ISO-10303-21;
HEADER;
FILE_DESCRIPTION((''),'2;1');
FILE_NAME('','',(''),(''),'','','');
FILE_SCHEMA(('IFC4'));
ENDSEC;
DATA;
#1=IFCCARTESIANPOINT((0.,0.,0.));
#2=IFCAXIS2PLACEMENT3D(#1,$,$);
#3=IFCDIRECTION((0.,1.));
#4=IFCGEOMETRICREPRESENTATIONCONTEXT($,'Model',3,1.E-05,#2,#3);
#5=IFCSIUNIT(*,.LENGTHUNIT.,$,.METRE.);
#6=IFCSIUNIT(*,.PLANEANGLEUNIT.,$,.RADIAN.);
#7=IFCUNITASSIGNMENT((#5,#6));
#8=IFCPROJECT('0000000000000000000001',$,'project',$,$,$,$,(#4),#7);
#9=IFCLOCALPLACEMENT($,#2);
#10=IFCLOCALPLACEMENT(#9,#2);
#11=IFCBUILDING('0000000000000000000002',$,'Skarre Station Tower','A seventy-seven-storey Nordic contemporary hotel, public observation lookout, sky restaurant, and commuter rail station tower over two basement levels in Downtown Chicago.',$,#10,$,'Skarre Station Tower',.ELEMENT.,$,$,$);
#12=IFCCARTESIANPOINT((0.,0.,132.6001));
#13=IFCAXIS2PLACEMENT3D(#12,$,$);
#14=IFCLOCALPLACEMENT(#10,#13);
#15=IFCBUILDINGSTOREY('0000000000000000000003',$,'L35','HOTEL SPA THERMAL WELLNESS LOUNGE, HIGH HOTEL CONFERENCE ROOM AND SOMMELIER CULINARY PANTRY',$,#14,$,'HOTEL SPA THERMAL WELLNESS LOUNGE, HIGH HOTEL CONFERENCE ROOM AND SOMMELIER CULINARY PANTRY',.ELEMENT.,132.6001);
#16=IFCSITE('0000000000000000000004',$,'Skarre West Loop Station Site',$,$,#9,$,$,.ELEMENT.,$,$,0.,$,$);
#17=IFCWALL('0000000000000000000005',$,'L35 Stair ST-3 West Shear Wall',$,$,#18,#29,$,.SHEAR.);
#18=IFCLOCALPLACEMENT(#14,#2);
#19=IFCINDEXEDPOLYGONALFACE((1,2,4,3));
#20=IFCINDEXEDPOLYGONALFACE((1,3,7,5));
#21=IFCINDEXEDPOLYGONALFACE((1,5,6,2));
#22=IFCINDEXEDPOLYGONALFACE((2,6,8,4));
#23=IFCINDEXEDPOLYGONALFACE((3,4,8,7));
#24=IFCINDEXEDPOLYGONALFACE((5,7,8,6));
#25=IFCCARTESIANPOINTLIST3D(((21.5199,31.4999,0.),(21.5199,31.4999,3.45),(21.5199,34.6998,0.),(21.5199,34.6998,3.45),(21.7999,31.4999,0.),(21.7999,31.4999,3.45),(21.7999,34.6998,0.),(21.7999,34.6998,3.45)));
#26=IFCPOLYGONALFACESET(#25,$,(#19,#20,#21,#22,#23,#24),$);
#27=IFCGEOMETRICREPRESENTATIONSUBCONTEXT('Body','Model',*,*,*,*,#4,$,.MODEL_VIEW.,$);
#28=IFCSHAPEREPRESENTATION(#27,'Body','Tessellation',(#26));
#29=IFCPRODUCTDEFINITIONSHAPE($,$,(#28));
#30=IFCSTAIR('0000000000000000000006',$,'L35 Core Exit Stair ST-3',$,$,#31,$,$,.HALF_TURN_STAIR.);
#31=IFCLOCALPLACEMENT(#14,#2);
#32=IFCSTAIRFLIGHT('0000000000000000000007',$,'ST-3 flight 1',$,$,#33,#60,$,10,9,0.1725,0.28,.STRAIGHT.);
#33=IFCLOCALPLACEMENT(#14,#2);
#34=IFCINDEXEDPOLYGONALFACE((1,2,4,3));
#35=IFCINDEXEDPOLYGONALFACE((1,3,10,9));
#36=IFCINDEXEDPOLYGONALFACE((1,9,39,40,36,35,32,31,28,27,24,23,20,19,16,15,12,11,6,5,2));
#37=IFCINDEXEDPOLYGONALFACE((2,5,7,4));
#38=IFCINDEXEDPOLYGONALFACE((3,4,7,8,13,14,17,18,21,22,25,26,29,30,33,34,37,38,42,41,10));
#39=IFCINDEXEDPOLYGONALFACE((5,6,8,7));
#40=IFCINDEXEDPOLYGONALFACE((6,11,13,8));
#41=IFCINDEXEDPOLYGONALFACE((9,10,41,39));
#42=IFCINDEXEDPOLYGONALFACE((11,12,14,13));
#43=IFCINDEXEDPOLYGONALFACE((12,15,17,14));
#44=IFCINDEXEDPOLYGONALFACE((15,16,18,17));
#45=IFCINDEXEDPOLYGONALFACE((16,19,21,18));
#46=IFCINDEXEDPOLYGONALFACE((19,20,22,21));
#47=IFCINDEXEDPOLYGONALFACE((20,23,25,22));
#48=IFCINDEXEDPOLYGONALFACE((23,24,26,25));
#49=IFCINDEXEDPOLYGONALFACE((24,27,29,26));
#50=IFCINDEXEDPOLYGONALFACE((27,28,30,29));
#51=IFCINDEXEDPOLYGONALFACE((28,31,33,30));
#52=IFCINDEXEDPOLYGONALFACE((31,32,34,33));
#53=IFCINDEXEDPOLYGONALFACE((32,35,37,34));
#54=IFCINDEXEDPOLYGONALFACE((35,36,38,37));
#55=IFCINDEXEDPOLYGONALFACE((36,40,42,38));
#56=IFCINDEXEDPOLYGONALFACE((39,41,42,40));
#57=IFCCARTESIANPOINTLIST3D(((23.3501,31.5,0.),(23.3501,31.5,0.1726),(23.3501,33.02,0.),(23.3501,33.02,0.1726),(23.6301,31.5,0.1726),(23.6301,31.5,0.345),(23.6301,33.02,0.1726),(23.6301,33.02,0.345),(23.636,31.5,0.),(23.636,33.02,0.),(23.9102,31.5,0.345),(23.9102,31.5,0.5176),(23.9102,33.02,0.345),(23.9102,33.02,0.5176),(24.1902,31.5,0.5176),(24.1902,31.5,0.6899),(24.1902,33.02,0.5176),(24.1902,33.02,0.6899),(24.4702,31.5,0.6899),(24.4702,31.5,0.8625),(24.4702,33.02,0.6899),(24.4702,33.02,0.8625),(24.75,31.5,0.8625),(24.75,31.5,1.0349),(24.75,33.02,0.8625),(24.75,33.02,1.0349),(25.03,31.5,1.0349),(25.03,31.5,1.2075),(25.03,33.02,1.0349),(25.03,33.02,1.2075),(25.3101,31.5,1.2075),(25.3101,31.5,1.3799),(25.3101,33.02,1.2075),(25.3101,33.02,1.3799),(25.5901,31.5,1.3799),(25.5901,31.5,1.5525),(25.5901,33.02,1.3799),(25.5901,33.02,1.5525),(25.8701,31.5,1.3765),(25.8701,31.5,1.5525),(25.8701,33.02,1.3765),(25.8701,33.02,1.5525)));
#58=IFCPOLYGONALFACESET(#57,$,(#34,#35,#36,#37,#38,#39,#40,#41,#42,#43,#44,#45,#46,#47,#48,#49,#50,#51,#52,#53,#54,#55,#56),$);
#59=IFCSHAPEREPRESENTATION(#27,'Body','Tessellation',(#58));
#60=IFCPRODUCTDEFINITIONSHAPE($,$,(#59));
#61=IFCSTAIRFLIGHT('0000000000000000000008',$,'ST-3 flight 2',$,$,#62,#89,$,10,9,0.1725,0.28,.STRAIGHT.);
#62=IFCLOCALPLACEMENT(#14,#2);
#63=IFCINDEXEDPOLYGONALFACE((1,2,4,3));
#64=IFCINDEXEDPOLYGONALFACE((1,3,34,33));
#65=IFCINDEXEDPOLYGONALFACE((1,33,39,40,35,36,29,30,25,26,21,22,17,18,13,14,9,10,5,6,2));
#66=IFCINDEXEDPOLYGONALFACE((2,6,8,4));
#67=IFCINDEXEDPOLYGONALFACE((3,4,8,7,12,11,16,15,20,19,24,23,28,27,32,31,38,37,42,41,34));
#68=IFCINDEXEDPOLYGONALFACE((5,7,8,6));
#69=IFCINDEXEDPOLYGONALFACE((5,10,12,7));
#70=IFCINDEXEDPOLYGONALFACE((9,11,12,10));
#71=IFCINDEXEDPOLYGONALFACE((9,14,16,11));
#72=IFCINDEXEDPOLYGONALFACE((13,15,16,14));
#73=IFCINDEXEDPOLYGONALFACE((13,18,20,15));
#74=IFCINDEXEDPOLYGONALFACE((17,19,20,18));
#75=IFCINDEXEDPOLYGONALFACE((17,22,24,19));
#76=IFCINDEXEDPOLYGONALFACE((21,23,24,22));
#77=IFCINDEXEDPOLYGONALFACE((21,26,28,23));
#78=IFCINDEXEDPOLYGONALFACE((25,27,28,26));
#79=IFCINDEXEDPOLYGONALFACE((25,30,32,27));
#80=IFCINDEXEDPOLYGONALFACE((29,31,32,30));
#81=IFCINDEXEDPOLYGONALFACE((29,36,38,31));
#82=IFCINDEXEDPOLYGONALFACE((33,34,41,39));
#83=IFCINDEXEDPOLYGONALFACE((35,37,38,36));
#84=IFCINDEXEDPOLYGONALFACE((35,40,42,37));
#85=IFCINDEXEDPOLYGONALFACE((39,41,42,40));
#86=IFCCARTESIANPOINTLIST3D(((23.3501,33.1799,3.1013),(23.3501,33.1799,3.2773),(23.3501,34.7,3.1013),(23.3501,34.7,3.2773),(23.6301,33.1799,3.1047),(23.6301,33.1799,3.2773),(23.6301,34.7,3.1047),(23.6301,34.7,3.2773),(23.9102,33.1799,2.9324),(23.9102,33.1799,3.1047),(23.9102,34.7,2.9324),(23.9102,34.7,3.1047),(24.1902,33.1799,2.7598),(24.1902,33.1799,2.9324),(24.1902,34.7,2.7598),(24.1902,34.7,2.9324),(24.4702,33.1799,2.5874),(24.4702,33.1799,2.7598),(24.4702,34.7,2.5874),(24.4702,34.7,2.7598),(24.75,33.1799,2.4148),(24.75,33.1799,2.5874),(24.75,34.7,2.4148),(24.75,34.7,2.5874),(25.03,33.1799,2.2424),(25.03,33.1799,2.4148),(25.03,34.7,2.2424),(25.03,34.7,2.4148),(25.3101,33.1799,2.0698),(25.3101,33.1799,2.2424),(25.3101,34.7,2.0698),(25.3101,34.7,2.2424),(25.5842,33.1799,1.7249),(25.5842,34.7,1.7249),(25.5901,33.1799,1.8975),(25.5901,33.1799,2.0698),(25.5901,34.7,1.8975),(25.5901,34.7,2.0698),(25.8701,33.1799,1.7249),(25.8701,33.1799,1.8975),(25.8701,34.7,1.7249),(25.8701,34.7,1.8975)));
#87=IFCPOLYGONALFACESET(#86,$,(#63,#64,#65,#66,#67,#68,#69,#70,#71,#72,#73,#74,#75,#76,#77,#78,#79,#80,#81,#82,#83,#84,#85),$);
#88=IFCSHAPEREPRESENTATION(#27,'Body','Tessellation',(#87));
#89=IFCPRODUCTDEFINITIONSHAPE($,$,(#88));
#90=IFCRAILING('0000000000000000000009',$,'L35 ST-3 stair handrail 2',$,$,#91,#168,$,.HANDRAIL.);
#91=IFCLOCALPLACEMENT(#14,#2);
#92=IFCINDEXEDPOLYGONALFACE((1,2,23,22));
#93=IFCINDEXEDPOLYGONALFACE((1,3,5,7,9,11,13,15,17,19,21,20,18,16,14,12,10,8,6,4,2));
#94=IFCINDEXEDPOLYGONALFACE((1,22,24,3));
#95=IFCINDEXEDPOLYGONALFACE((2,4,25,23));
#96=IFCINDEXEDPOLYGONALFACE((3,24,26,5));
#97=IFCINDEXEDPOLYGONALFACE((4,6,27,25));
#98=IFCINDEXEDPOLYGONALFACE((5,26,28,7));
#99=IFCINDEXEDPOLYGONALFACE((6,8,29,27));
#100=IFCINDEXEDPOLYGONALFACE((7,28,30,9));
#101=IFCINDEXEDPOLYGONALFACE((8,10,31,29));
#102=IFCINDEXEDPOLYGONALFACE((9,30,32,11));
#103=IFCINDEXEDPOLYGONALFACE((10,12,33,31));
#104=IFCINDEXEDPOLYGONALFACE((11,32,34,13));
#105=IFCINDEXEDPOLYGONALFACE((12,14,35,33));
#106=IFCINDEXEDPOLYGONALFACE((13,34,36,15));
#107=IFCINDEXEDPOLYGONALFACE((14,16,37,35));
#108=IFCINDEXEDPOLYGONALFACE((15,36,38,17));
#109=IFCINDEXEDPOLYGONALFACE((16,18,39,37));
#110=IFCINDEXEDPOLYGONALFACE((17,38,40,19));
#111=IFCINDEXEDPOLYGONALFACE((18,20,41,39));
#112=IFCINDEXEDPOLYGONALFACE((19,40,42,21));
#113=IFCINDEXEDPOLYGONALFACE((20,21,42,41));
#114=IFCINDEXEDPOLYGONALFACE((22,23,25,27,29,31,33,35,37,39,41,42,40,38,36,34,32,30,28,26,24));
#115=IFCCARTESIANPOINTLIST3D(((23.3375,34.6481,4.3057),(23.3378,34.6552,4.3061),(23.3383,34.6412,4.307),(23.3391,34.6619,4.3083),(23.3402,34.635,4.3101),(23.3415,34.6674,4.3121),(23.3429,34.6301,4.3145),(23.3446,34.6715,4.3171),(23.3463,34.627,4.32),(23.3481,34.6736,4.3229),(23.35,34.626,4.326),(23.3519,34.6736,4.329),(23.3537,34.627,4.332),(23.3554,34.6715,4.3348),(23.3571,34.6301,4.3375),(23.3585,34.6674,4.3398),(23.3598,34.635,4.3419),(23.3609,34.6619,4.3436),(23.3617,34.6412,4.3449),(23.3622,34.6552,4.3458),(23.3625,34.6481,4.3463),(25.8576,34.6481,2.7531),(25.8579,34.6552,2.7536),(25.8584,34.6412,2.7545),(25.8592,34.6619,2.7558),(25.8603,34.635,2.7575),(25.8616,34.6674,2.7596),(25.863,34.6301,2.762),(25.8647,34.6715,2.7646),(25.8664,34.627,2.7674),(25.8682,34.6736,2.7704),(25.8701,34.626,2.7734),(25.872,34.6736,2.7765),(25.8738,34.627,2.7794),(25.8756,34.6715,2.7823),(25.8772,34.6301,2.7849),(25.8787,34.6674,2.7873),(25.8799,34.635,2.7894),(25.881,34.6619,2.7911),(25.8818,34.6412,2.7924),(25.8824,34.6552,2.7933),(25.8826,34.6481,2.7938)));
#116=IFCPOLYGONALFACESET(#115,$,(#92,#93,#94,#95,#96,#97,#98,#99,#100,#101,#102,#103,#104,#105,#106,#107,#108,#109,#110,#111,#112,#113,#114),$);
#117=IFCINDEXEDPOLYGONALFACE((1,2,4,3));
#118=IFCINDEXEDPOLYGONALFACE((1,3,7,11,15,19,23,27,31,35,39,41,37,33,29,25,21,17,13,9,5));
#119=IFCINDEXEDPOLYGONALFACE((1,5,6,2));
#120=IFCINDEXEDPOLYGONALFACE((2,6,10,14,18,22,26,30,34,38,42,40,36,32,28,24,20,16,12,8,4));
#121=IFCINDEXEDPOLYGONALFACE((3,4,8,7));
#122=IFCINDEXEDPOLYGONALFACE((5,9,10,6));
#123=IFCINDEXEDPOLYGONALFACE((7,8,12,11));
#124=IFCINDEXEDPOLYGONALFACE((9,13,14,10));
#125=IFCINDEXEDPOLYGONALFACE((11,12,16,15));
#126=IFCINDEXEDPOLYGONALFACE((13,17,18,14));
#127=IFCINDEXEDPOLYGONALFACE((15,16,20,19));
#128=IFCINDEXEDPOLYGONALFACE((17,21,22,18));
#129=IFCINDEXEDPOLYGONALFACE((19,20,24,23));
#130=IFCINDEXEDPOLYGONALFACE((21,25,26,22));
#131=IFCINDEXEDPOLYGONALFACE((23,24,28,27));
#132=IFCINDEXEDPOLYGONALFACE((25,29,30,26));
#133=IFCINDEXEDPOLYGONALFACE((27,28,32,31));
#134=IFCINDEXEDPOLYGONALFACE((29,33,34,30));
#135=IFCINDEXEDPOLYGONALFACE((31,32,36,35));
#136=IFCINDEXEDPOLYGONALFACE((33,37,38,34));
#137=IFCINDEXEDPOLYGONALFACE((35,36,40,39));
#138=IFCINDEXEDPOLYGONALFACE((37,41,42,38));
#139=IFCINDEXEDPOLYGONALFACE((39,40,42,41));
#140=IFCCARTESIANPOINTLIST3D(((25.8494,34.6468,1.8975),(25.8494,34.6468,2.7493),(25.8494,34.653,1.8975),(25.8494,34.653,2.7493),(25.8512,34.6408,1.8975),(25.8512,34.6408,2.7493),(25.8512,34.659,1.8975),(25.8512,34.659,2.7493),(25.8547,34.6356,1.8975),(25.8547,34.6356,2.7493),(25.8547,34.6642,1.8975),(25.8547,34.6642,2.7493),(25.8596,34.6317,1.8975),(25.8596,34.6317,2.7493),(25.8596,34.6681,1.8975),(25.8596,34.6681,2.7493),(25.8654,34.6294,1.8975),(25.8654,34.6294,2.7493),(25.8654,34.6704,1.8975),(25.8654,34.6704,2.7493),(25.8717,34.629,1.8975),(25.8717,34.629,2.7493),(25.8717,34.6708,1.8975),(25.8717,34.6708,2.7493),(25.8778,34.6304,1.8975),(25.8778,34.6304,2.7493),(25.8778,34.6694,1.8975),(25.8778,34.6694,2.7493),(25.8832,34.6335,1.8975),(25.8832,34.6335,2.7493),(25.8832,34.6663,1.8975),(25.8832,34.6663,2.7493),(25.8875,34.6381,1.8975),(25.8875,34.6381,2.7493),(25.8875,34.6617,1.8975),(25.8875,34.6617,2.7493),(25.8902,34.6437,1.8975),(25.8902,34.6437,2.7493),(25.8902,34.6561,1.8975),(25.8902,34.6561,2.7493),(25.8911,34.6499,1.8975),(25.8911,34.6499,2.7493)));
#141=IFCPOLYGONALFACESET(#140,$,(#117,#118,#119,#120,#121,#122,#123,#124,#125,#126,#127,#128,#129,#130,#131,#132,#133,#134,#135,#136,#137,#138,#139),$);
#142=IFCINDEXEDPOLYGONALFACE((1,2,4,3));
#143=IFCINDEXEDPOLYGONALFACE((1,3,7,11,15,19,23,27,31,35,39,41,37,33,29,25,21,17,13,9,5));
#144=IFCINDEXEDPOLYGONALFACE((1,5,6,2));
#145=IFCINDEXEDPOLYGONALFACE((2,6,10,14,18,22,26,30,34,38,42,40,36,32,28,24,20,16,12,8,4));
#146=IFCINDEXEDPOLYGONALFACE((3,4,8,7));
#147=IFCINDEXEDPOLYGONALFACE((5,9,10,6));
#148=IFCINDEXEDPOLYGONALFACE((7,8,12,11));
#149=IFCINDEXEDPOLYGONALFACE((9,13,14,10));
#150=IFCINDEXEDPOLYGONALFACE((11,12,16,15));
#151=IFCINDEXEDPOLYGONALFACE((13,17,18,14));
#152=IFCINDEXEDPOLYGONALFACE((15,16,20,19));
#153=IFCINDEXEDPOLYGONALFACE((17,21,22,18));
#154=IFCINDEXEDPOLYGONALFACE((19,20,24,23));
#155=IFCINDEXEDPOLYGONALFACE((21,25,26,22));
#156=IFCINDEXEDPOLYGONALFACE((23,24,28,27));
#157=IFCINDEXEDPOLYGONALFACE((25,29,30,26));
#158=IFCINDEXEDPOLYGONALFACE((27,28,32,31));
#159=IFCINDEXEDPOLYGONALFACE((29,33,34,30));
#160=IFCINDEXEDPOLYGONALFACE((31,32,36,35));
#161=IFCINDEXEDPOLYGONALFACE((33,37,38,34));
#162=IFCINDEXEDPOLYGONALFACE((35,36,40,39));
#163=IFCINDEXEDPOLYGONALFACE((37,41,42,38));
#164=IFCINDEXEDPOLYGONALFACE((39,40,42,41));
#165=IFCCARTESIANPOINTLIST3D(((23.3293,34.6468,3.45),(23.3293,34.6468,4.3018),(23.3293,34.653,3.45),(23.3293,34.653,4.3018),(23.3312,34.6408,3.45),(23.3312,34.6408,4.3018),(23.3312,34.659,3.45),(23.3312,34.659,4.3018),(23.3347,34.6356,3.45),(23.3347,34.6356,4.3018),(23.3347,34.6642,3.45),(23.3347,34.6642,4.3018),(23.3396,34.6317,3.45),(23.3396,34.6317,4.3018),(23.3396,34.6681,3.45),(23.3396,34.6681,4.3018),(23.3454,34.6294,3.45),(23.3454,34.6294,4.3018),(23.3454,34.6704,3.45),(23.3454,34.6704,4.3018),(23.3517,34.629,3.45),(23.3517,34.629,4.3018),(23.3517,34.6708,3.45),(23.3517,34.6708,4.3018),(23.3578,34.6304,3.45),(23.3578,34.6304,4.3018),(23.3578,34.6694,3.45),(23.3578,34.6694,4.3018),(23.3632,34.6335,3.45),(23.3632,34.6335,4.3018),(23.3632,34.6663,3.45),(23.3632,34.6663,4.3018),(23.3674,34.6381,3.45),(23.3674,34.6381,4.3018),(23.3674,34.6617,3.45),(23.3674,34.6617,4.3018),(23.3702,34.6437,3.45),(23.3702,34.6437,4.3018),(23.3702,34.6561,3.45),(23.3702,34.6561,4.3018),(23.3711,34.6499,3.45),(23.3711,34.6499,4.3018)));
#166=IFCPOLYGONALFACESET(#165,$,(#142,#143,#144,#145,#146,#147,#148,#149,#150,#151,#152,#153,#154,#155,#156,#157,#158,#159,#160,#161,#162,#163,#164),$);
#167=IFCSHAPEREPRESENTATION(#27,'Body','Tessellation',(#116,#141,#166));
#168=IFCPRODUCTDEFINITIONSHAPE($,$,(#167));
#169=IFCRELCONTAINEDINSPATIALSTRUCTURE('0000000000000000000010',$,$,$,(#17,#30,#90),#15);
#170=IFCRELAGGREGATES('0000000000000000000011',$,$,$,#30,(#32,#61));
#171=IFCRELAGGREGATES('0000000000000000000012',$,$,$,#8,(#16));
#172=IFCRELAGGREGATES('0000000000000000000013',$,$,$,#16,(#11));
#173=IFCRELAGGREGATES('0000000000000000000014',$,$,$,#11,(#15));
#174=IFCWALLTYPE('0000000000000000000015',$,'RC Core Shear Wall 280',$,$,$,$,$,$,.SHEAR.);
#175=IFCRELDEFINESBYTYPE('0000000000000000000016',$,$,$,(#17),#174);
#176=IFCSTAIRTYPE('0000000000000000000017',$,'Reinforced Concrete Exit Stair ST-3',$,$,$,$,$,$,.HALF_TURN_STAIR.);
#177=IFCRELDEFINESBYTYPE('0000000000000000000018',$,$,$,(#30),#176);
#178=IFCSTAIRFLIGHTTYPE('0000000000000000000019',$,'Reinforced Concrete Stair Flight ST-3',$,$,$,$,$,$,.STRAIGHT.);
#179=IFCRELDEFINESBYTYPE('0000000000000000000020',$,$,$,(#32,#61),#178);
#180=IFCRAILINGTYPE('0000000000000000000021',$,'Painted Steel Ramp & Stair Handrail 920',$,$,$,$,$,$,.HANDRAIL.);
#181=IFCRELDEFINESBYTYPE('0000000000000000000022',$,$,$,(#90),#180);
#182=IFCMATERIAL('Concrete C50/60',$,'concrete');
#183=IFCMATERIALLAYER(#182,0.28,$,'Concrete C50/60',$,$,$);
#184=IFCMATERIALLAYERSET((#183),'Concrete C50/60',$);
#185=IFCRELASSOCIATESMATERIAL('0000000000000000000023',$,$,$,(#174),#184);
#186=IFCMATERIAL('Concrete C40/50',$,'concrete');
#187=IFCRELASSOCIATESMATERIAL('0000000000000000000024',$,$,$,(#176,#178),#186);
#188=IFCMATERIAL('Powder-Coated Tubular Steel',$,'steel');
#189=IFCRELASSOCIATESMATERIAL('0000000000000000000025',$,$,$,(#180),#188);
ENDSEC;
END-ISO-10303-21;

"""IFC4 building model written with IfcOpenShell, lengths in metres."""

from ifc_helpers import new_model, si_unit, direction, frame, frame_2d, origin, origin_2d, place, context, subcontext, project, spatial, polyline, rectangle, circle, outline, extrude, material, layer, layer_set, type_object, element, aggregate, save


model = new_model("IFC4")

# Units and contexts
model_context = context("Model", 3, precision=1e-05, world=origin(), true_north=direction((0.0, 1.0)))
body_context = subcontext(model_context, "Body", "Model", "MODEL_VIEW")
ifc_project = project(units=[si_unit("LENGTHUNIT", "METRE"), si_unit("PLANEANGLEUNIT", "RADIAN")], contexts=[model_context])

# Site, building, storey
site_placement = place(None, origin())
site = spatial("IfcSite", under=ifc_project, at=site_placement, Name="Skarre West Loop Station Site", CompositionType="ELEMENT", RefElevation=0.0)
building_placement = place(site_placement, origin())
building = spatial("IfcBuilding", under=site, at=building_placement, Name="Skarre Station Tower", Description="A seventy-seven-storey Nordic contemporary hotel, public observation lookout, sky restaurant, and commuter rail station tower over two basement levels in Downtown Chicago.", LongName="Skarre Station Tower", CompositionType="ELEMENT")
storey_placement = place(building_placement, frame((0.0, 0.0, 132.6001)))
storey = spatial("IfcBuildingStorey", under=building, at=storey_placement, Name="L35", Description="HOTEL SPA THERMAL WELLNESS LOUNGE, HIGH HOTEL CONFERENCE ROOM AND SOMMELIER CULINARY PANTRY", LongName="HOTEL SPA THERMAL WELLNESS LOUNGE, HIGH HOTEL CONFERENCE ROOM AND SOMMELIER CULINARY PANTRY", CompositionType="ELEMENT", Elevation=132.6001)

# Wall
ifc_material_1 = material(Name="Concrete C50/60", Category="concrete")
ifc_layer_1 = layer(ifc_material_1, 0.28, Name="Concrete C50/60")
ifc_layer_set_1 = layer_set([ifc_layer_1], Name="Concrete C50/60")
wall_type_1 = type_object("IfcWallType", Name="RC Core Shear Wall 280", PredefinedType="SHEAR", material=ifc_layer_set_1)
wall_1_placement = place(storey_placement, frame((21.6599, 34.7, 0.0), z_axis=(0.0, 0.0, 1.0), x_axis=(0.0, -1.0, 0.0)))
element("IfcWall", 1, at=wall_1_placement, inside=storey, type_object=wall_type_1, Name="L35 Stair ST-3 West Shear Wall", PredefinedType="SHEAR", context=body_context, shape_type="SweptSolid", body=[
    extrude(rectangle(XDim=3.2, YDim=0.28, at=frame_2d((1.6001, 0.0))), origin(), (0.0, 0.0, 1.0), 3.45),
])

# Stair, stair flights
ifc_material_2 = material(Name="Concrete C40/50", Category="concrete")
stair_type = type_object("IfcStairType", Name="Reinforced Concrete Exit Stair ST-3", PredefinedType="HALF_TURN_STAIR", material=ifc_material_2)
stair_placement = place(storey_placement, origin())
stair = element("IfcStair", 2, at=stair_placement, inside=storey, type_object=stair_type, Name="L35 Core Exit Stair ST-3", PredefinedType="HALF_TURN_STAIR")
stair_flight_type = type_object("IfcStairFlightType", Name="Reinforced Concrete Stair Flight ST-3", PredefinedType="STRAIGHT", material=ifc_material_2)
stair_flight_1_placement = place(storey_placement, frame((23.3501, 32.26, 0.0), z_axis=(0.0, 0.0, 1.0), x_axis=(1.0, 0.0, 0.0)))
stair_flight_1 = element("IfcStairFlight", 3, at=stair_flight_1_placement, type_object=stair_flight_type, Name="ST-3 flight 1", NumberOfRisers=10, NumberOfTreads=9, PredefinedType="STRAIGHT", RiserHeight=0.1725, TreadLength=0.28, context=body_context, shape_type="SweptSolid", body=[
    extrude(outline(polyline([(0.0, 0.0), (0.0, 0.1726), (0.28, 0.1726), (0.28, 0.345), (0.5601, 0.345), (0.5601, 0.5176), (0.8401, 0.5176), (0.8401, 0.6899), (1.1201, 0.6899), (1.1201, 0.8625), (1.3999, 0.8625), (1.3999, 1.0349), (1.6799, 1.0349), (1.6799, 1.2075), (1.96, 1.2075), (1.96, 1.3799), (2.24, 1.3799), (2.24, 1.5525), (2.52, 1.5525), (2.52, 1.7251), (2.52, 1.3765), (0.2859, 0.0), (0.0, 0.0)])), frame((0.0, 0.76, 0.0), z_axis=(0.0, -1.0, 0.0), x_axis=(1.0, 0.0, 0.0)), (0.0, 0.0, 1.0), 1.52),
])
stair_flight_2_placement = place(storey_placement, frame((25.8701, 33.9399, 1.7249), z_axis=(0.0, 0.0, 1.0), x_axis=(-1.0, 0.0, 0.0)))
stair_flight_2 = element("IfcStairFlight", 4, at=stair_flight_2_placement, type_object=stair_flight_type, Name="ST-3 flight 2", NumberOfRisers=10, NumberOfTreads=9, PredefinedType="STRAIGHT", RiserHeight=0.1725, TreadLength=0.28, context=body_context, shape_type="SweptSolid", body=[
    extrude(outline(polyline([(0.0, 0.0), (0.0, 0.1726), (0.28, 0.1726), (0.28, 0.345), (0.5601, 0.345), (0.5601, 0.5176), (0.8401, 0.5176), (0.8401, 0.6899), (1.1201, 0.6899), (1.1201, 0.8625), (1.3999, 0.8625), (1.3999, 1.0349), (1.6799, 1.0349), (1.6799, 1.2075), (1.96, 1.2075), (1.96, 1.3799), (2.24, 1.3799), (2.24, 1.5525), (2.52, 1.5525), (2.52, 1.7251), (2.52, 1.3765), (0.2859, 0.0), (0.0, 0.0)])), frame((0.0, 0.76, 0.0), z_axis=(0.0, -1.0, 0.0), x_axis=(1.0, 0.0, 0.0)), (0.0, 0.0, 1.0), 1.52),
])
aggregate(stair, [stair_flight_1, stair_flight_2])

# Railing
ifc_material_3 = material(Name="Powder-Coated Tubular Steel", Category="steel")
railing_type_1 = type_object("IfcRailingType", Name="Painted Steel Ramp & Stair Handrail 920", PredefinedType="HANDRAIL", material=ifc_material_3)
railing_1_placement = place(storey_placement, frame((25.8701, 34.6499, 1.8975)))
element("IfcRailing", 5, at=railing_1_placement, inside=storey, type_object=railing_type_1, Name="L35 ST-3 stair handrail 2", PredefinedType="HANDRAIL", context=body_context, shape_type="SweptSolid", body=[
    extrude(circle(Radius=0.0239, at=origin_2d()), frame((0.0, 0.0, 0.876), z_axis=(-0.8514, 0.0, 0.524516), x_axis=(0.0, -1.0, 0.0)), (0.0, 0.0, 1.0), 2.96),
    extrude(circle(Radius=0.021, at=origin_2d()), origin(), (0.0, 0.0, 1.0), 0.8518),
    extrude(circle(Radius=0.021, at=origin_2d()), frame((-2.52, 0.0, 1.5525)), (0.0, 0.0, 1.0), 0.8518),
])

save(model, "model.ifc")
